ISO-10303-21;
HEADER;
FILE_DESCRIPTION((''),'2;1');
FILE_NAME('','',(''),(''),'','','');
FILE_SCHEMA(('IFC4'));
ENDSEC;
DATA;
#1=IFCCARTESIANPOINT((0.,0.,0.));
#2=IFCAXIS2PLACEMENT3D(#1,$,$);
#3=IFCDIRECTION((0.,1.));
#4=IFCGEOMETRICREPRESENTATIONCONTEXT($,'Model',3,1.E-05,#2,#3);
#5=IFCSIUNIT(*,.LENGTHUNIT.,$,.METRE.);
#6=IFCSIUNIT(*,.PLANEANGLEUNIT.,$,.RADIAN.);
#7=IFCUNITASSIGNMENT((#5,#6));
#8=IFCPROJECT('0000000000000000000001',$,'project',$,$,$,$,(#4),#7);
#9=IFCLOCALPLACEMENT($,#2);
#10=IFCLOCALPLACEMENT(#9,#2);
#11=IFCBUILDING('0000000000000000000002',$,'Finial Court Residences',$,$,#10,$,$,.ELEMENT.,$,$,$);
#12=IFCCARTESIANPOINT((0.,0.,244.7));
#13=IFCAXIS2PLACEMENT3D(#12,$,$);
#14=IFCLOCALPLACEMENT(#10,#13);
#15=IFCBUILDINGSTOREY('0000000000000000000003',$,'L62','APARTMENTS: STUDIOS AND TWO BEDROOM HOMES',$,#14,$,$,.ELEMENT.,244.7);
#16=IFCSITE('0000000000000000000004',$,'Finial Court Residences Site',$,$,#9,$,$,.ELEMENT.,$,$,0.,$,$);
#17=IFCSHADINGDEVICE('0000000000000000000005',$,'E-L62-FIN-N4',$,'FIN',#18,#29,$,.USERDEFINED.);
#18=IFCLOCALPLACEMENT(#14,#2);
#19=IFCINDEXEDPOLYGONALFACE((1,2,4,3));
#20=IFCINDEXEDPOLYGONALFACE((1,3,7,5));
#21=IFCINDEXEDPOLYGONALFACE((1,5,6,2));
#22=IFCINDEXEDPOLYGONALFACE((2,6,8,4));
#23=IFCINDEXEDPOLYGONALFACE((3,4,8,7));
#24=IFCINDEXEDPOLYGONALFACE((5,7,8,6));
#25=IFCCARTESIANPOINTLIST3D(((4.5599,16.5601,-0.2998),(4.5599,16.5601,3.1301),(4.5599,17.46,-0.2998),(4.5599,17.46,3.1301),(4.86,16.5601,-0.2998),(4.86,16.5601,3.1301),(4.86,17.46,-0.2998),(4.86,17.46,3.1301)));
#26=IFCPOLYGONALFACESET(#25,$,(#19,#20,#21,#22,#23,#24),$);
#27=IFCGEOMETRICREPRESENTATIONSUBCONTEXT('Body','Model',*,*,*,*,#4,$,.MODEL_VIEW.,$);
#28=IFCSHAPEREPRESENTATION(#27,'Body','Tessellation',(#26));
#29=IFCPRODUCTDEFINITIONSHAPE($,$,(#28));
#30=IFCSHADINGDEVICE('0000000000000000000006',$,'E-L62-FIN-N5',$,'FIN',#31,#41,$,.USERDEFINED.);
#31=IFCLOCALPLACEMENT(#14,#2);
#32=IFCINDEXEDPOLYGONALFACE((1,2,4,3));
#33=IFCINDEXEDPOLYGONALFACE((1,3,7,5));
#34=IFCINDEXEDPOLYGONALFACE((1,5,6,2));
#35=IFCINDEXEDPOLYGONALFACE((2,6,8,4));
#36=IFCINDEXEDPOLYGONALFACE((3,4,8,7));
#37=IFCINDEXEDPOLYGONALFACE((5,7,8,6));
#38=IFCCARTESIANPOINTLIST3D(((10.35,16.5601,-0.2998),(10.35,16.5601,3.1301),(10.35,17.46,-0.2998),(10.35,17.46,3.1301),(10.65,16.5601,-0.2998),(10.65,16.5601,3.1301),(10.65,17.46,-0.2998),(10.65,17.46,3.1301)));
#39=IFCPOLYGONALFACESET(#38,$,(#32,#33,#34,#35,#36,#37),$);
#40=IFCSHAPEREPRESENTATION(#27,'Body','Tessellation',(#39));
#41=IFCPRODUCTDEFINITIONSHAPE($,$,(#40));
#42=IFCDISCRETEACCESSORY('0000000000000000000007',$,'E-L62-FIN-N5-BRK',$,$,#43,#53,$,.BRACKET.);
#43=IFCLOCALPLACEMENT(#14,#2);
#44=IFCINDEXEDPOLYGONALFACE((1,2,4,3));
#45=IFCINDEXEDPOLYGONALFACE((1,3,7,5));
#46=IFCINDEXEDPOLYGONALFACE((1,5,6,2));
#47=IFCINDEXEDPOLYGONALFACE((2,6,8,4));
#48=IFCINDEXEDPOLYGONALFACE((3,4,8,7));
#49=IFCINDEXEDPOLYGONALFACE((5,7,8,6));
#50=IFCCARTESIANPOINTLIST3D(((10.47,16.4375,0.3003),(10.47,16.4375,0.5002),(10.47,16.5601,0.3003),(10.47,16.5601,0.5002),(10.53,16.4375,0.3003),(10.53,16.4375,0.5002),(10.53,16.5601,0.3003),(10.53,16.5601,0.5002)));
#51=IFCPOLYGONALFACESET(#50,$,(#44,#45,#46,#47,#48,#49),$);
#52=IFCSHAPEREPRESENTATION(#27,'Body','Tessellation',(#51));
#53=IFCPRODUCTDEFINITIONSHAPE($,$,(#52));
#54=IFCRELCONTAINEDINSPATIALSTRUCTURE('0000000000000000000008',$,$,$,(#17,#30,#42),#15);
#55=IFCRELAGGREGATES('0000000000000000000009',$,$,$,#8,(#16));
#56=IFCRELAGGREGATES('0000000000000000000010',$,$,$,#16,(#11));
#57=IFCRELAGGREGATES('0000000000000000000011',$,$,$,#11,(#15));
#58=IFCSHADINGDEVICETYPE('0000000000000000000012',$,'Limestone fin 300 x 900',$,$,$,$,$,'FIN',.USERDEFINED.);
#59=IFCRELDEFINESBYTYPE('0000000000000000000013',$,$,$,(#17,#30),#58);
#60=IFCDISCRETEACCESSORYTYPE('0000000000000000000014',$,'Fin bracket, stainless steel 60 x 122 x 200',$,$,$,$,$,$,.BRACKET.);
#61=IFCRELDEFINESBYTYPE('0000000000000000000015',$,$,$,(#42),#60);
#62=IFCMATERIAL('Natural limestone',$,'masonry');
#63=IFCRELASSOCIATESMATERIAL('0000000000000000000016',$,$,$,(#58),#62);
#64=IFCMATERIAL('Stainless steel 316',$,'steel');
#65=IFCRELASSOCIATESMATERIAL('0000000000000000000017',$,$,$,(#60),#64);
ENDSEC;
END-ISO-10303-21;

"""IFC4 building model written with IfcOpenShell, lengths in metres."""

from ifc_helpers import new_model, si_unit, direction, frame, origin, origin_2d, place, context, subcontext, project, spatial, rectangle, extrude, material, type_object, element, save


model = new_model("IFC4")

# Units and contexts
model_context = context("Model", 3, precision=1e-05, world=origin(), true_north=direction((0.0, 1.0)))
body_context = subcontext(model_context, "Body", "Model", "MODEL_VIEW")
ifc_project = project(units=[si_unit("LENGTHUNIT", "METRE"), si_unit("PLANEANGLEUNIT", "RADIAN")], contexts=[model_context])

# Site, building, storey
site_placement = place(None, origin())
site = spatial("IfcSite", under=ifc_project, at=site_placement, Name="Finial Court Residences Site", CompositionType="ELEMENT", RefElevation=0.0)
building_placement = place(site_placement, origin())
building = spatial("IfcBuilding", under=site, at=building_placement, Name="Finial Court Residences", CompositionType="ELEMENT")
storey_placement = place(building_placement, frame((0.0, 0.0, 244.7)))
storey = spatial("IfcBuildingStorey", under=building, at=storey_placement, Name="L62", Description="APARTMENTS: STUDIOS AND TWO BEDROOM HOMES", CompositionType="ELEMENT", Elevation=244.7)

# Shading devices
ifc_material_1 = material(Name="Natural limestone", Category="masonry")
shading_device_type = type_object("IfcShadingDeviceType", Name="Limestone fin 300 x 900", ElementType="FIN", PredefinedType="USERDEFINED", material=ifc_material_1)
for number, where, z_axis, x_axis, name in (
    (1, (4.71, 17.01, -0.2998), (0.0, 0.0, 1.0), (1.0, 0.0, 0.0), "E-L62-FIN-N4"),
    (2, (10.5, 17.01, -0.2998), (0.0, 0.0, 1.0), (1.0, 0.0, 0.0), "E-L62-FIN-N5"),
):
    element("IfcShadingDevice", number, at=place(storey_placement, frame(where, z_axis=z_axis, x_axis=x_axis)), inside=storey, type_object=shading_device_type, Name=name, ObjectType="FIN", PredefinedType="USERDEFINED", context=body_context, shape_type="SweptSolid", body=[
        extrude(rectangle(XDim=0.3, YDim=0.8999, at=origin_2d()), origin(), (0.0, 0.0, 1.0), 3.4299),
    ])

# Discrete accessory
ifc_material_2 = material(Name="Stainless steel 316", Category="steel")
discrete_accessory_type = type_object("IfcDiscreteAccessoryType", Name="Fin bracket, stainless steel 60 x 122 x 200", PredefinedType="BRACKET", material=ifc_material_2)
discrete_accessory_placement = place(storey_placement, frame((10.5, 16.4988, 0.3003), z_axis=(0.0, 0.0, 1.0), x_axis=(1.0, 0.0, 0.0)))
element("IfcDiscreteAccessory", 3, at=discrete_accessory_placement, inside=storey, type_object=discrete_accessory_type, Name="E-L62-FIN-N5-BRK", PredefinedType="BRACKET", context=body_context, shape_type="SweptSolid", body=[
    extrude(rectangle(XDim=0.0601, YDim=0.1226, at=origin_2d()), origin(), (0.0, 0.0, 1.0), 0.2),
])

save(model, "model.ifc")
